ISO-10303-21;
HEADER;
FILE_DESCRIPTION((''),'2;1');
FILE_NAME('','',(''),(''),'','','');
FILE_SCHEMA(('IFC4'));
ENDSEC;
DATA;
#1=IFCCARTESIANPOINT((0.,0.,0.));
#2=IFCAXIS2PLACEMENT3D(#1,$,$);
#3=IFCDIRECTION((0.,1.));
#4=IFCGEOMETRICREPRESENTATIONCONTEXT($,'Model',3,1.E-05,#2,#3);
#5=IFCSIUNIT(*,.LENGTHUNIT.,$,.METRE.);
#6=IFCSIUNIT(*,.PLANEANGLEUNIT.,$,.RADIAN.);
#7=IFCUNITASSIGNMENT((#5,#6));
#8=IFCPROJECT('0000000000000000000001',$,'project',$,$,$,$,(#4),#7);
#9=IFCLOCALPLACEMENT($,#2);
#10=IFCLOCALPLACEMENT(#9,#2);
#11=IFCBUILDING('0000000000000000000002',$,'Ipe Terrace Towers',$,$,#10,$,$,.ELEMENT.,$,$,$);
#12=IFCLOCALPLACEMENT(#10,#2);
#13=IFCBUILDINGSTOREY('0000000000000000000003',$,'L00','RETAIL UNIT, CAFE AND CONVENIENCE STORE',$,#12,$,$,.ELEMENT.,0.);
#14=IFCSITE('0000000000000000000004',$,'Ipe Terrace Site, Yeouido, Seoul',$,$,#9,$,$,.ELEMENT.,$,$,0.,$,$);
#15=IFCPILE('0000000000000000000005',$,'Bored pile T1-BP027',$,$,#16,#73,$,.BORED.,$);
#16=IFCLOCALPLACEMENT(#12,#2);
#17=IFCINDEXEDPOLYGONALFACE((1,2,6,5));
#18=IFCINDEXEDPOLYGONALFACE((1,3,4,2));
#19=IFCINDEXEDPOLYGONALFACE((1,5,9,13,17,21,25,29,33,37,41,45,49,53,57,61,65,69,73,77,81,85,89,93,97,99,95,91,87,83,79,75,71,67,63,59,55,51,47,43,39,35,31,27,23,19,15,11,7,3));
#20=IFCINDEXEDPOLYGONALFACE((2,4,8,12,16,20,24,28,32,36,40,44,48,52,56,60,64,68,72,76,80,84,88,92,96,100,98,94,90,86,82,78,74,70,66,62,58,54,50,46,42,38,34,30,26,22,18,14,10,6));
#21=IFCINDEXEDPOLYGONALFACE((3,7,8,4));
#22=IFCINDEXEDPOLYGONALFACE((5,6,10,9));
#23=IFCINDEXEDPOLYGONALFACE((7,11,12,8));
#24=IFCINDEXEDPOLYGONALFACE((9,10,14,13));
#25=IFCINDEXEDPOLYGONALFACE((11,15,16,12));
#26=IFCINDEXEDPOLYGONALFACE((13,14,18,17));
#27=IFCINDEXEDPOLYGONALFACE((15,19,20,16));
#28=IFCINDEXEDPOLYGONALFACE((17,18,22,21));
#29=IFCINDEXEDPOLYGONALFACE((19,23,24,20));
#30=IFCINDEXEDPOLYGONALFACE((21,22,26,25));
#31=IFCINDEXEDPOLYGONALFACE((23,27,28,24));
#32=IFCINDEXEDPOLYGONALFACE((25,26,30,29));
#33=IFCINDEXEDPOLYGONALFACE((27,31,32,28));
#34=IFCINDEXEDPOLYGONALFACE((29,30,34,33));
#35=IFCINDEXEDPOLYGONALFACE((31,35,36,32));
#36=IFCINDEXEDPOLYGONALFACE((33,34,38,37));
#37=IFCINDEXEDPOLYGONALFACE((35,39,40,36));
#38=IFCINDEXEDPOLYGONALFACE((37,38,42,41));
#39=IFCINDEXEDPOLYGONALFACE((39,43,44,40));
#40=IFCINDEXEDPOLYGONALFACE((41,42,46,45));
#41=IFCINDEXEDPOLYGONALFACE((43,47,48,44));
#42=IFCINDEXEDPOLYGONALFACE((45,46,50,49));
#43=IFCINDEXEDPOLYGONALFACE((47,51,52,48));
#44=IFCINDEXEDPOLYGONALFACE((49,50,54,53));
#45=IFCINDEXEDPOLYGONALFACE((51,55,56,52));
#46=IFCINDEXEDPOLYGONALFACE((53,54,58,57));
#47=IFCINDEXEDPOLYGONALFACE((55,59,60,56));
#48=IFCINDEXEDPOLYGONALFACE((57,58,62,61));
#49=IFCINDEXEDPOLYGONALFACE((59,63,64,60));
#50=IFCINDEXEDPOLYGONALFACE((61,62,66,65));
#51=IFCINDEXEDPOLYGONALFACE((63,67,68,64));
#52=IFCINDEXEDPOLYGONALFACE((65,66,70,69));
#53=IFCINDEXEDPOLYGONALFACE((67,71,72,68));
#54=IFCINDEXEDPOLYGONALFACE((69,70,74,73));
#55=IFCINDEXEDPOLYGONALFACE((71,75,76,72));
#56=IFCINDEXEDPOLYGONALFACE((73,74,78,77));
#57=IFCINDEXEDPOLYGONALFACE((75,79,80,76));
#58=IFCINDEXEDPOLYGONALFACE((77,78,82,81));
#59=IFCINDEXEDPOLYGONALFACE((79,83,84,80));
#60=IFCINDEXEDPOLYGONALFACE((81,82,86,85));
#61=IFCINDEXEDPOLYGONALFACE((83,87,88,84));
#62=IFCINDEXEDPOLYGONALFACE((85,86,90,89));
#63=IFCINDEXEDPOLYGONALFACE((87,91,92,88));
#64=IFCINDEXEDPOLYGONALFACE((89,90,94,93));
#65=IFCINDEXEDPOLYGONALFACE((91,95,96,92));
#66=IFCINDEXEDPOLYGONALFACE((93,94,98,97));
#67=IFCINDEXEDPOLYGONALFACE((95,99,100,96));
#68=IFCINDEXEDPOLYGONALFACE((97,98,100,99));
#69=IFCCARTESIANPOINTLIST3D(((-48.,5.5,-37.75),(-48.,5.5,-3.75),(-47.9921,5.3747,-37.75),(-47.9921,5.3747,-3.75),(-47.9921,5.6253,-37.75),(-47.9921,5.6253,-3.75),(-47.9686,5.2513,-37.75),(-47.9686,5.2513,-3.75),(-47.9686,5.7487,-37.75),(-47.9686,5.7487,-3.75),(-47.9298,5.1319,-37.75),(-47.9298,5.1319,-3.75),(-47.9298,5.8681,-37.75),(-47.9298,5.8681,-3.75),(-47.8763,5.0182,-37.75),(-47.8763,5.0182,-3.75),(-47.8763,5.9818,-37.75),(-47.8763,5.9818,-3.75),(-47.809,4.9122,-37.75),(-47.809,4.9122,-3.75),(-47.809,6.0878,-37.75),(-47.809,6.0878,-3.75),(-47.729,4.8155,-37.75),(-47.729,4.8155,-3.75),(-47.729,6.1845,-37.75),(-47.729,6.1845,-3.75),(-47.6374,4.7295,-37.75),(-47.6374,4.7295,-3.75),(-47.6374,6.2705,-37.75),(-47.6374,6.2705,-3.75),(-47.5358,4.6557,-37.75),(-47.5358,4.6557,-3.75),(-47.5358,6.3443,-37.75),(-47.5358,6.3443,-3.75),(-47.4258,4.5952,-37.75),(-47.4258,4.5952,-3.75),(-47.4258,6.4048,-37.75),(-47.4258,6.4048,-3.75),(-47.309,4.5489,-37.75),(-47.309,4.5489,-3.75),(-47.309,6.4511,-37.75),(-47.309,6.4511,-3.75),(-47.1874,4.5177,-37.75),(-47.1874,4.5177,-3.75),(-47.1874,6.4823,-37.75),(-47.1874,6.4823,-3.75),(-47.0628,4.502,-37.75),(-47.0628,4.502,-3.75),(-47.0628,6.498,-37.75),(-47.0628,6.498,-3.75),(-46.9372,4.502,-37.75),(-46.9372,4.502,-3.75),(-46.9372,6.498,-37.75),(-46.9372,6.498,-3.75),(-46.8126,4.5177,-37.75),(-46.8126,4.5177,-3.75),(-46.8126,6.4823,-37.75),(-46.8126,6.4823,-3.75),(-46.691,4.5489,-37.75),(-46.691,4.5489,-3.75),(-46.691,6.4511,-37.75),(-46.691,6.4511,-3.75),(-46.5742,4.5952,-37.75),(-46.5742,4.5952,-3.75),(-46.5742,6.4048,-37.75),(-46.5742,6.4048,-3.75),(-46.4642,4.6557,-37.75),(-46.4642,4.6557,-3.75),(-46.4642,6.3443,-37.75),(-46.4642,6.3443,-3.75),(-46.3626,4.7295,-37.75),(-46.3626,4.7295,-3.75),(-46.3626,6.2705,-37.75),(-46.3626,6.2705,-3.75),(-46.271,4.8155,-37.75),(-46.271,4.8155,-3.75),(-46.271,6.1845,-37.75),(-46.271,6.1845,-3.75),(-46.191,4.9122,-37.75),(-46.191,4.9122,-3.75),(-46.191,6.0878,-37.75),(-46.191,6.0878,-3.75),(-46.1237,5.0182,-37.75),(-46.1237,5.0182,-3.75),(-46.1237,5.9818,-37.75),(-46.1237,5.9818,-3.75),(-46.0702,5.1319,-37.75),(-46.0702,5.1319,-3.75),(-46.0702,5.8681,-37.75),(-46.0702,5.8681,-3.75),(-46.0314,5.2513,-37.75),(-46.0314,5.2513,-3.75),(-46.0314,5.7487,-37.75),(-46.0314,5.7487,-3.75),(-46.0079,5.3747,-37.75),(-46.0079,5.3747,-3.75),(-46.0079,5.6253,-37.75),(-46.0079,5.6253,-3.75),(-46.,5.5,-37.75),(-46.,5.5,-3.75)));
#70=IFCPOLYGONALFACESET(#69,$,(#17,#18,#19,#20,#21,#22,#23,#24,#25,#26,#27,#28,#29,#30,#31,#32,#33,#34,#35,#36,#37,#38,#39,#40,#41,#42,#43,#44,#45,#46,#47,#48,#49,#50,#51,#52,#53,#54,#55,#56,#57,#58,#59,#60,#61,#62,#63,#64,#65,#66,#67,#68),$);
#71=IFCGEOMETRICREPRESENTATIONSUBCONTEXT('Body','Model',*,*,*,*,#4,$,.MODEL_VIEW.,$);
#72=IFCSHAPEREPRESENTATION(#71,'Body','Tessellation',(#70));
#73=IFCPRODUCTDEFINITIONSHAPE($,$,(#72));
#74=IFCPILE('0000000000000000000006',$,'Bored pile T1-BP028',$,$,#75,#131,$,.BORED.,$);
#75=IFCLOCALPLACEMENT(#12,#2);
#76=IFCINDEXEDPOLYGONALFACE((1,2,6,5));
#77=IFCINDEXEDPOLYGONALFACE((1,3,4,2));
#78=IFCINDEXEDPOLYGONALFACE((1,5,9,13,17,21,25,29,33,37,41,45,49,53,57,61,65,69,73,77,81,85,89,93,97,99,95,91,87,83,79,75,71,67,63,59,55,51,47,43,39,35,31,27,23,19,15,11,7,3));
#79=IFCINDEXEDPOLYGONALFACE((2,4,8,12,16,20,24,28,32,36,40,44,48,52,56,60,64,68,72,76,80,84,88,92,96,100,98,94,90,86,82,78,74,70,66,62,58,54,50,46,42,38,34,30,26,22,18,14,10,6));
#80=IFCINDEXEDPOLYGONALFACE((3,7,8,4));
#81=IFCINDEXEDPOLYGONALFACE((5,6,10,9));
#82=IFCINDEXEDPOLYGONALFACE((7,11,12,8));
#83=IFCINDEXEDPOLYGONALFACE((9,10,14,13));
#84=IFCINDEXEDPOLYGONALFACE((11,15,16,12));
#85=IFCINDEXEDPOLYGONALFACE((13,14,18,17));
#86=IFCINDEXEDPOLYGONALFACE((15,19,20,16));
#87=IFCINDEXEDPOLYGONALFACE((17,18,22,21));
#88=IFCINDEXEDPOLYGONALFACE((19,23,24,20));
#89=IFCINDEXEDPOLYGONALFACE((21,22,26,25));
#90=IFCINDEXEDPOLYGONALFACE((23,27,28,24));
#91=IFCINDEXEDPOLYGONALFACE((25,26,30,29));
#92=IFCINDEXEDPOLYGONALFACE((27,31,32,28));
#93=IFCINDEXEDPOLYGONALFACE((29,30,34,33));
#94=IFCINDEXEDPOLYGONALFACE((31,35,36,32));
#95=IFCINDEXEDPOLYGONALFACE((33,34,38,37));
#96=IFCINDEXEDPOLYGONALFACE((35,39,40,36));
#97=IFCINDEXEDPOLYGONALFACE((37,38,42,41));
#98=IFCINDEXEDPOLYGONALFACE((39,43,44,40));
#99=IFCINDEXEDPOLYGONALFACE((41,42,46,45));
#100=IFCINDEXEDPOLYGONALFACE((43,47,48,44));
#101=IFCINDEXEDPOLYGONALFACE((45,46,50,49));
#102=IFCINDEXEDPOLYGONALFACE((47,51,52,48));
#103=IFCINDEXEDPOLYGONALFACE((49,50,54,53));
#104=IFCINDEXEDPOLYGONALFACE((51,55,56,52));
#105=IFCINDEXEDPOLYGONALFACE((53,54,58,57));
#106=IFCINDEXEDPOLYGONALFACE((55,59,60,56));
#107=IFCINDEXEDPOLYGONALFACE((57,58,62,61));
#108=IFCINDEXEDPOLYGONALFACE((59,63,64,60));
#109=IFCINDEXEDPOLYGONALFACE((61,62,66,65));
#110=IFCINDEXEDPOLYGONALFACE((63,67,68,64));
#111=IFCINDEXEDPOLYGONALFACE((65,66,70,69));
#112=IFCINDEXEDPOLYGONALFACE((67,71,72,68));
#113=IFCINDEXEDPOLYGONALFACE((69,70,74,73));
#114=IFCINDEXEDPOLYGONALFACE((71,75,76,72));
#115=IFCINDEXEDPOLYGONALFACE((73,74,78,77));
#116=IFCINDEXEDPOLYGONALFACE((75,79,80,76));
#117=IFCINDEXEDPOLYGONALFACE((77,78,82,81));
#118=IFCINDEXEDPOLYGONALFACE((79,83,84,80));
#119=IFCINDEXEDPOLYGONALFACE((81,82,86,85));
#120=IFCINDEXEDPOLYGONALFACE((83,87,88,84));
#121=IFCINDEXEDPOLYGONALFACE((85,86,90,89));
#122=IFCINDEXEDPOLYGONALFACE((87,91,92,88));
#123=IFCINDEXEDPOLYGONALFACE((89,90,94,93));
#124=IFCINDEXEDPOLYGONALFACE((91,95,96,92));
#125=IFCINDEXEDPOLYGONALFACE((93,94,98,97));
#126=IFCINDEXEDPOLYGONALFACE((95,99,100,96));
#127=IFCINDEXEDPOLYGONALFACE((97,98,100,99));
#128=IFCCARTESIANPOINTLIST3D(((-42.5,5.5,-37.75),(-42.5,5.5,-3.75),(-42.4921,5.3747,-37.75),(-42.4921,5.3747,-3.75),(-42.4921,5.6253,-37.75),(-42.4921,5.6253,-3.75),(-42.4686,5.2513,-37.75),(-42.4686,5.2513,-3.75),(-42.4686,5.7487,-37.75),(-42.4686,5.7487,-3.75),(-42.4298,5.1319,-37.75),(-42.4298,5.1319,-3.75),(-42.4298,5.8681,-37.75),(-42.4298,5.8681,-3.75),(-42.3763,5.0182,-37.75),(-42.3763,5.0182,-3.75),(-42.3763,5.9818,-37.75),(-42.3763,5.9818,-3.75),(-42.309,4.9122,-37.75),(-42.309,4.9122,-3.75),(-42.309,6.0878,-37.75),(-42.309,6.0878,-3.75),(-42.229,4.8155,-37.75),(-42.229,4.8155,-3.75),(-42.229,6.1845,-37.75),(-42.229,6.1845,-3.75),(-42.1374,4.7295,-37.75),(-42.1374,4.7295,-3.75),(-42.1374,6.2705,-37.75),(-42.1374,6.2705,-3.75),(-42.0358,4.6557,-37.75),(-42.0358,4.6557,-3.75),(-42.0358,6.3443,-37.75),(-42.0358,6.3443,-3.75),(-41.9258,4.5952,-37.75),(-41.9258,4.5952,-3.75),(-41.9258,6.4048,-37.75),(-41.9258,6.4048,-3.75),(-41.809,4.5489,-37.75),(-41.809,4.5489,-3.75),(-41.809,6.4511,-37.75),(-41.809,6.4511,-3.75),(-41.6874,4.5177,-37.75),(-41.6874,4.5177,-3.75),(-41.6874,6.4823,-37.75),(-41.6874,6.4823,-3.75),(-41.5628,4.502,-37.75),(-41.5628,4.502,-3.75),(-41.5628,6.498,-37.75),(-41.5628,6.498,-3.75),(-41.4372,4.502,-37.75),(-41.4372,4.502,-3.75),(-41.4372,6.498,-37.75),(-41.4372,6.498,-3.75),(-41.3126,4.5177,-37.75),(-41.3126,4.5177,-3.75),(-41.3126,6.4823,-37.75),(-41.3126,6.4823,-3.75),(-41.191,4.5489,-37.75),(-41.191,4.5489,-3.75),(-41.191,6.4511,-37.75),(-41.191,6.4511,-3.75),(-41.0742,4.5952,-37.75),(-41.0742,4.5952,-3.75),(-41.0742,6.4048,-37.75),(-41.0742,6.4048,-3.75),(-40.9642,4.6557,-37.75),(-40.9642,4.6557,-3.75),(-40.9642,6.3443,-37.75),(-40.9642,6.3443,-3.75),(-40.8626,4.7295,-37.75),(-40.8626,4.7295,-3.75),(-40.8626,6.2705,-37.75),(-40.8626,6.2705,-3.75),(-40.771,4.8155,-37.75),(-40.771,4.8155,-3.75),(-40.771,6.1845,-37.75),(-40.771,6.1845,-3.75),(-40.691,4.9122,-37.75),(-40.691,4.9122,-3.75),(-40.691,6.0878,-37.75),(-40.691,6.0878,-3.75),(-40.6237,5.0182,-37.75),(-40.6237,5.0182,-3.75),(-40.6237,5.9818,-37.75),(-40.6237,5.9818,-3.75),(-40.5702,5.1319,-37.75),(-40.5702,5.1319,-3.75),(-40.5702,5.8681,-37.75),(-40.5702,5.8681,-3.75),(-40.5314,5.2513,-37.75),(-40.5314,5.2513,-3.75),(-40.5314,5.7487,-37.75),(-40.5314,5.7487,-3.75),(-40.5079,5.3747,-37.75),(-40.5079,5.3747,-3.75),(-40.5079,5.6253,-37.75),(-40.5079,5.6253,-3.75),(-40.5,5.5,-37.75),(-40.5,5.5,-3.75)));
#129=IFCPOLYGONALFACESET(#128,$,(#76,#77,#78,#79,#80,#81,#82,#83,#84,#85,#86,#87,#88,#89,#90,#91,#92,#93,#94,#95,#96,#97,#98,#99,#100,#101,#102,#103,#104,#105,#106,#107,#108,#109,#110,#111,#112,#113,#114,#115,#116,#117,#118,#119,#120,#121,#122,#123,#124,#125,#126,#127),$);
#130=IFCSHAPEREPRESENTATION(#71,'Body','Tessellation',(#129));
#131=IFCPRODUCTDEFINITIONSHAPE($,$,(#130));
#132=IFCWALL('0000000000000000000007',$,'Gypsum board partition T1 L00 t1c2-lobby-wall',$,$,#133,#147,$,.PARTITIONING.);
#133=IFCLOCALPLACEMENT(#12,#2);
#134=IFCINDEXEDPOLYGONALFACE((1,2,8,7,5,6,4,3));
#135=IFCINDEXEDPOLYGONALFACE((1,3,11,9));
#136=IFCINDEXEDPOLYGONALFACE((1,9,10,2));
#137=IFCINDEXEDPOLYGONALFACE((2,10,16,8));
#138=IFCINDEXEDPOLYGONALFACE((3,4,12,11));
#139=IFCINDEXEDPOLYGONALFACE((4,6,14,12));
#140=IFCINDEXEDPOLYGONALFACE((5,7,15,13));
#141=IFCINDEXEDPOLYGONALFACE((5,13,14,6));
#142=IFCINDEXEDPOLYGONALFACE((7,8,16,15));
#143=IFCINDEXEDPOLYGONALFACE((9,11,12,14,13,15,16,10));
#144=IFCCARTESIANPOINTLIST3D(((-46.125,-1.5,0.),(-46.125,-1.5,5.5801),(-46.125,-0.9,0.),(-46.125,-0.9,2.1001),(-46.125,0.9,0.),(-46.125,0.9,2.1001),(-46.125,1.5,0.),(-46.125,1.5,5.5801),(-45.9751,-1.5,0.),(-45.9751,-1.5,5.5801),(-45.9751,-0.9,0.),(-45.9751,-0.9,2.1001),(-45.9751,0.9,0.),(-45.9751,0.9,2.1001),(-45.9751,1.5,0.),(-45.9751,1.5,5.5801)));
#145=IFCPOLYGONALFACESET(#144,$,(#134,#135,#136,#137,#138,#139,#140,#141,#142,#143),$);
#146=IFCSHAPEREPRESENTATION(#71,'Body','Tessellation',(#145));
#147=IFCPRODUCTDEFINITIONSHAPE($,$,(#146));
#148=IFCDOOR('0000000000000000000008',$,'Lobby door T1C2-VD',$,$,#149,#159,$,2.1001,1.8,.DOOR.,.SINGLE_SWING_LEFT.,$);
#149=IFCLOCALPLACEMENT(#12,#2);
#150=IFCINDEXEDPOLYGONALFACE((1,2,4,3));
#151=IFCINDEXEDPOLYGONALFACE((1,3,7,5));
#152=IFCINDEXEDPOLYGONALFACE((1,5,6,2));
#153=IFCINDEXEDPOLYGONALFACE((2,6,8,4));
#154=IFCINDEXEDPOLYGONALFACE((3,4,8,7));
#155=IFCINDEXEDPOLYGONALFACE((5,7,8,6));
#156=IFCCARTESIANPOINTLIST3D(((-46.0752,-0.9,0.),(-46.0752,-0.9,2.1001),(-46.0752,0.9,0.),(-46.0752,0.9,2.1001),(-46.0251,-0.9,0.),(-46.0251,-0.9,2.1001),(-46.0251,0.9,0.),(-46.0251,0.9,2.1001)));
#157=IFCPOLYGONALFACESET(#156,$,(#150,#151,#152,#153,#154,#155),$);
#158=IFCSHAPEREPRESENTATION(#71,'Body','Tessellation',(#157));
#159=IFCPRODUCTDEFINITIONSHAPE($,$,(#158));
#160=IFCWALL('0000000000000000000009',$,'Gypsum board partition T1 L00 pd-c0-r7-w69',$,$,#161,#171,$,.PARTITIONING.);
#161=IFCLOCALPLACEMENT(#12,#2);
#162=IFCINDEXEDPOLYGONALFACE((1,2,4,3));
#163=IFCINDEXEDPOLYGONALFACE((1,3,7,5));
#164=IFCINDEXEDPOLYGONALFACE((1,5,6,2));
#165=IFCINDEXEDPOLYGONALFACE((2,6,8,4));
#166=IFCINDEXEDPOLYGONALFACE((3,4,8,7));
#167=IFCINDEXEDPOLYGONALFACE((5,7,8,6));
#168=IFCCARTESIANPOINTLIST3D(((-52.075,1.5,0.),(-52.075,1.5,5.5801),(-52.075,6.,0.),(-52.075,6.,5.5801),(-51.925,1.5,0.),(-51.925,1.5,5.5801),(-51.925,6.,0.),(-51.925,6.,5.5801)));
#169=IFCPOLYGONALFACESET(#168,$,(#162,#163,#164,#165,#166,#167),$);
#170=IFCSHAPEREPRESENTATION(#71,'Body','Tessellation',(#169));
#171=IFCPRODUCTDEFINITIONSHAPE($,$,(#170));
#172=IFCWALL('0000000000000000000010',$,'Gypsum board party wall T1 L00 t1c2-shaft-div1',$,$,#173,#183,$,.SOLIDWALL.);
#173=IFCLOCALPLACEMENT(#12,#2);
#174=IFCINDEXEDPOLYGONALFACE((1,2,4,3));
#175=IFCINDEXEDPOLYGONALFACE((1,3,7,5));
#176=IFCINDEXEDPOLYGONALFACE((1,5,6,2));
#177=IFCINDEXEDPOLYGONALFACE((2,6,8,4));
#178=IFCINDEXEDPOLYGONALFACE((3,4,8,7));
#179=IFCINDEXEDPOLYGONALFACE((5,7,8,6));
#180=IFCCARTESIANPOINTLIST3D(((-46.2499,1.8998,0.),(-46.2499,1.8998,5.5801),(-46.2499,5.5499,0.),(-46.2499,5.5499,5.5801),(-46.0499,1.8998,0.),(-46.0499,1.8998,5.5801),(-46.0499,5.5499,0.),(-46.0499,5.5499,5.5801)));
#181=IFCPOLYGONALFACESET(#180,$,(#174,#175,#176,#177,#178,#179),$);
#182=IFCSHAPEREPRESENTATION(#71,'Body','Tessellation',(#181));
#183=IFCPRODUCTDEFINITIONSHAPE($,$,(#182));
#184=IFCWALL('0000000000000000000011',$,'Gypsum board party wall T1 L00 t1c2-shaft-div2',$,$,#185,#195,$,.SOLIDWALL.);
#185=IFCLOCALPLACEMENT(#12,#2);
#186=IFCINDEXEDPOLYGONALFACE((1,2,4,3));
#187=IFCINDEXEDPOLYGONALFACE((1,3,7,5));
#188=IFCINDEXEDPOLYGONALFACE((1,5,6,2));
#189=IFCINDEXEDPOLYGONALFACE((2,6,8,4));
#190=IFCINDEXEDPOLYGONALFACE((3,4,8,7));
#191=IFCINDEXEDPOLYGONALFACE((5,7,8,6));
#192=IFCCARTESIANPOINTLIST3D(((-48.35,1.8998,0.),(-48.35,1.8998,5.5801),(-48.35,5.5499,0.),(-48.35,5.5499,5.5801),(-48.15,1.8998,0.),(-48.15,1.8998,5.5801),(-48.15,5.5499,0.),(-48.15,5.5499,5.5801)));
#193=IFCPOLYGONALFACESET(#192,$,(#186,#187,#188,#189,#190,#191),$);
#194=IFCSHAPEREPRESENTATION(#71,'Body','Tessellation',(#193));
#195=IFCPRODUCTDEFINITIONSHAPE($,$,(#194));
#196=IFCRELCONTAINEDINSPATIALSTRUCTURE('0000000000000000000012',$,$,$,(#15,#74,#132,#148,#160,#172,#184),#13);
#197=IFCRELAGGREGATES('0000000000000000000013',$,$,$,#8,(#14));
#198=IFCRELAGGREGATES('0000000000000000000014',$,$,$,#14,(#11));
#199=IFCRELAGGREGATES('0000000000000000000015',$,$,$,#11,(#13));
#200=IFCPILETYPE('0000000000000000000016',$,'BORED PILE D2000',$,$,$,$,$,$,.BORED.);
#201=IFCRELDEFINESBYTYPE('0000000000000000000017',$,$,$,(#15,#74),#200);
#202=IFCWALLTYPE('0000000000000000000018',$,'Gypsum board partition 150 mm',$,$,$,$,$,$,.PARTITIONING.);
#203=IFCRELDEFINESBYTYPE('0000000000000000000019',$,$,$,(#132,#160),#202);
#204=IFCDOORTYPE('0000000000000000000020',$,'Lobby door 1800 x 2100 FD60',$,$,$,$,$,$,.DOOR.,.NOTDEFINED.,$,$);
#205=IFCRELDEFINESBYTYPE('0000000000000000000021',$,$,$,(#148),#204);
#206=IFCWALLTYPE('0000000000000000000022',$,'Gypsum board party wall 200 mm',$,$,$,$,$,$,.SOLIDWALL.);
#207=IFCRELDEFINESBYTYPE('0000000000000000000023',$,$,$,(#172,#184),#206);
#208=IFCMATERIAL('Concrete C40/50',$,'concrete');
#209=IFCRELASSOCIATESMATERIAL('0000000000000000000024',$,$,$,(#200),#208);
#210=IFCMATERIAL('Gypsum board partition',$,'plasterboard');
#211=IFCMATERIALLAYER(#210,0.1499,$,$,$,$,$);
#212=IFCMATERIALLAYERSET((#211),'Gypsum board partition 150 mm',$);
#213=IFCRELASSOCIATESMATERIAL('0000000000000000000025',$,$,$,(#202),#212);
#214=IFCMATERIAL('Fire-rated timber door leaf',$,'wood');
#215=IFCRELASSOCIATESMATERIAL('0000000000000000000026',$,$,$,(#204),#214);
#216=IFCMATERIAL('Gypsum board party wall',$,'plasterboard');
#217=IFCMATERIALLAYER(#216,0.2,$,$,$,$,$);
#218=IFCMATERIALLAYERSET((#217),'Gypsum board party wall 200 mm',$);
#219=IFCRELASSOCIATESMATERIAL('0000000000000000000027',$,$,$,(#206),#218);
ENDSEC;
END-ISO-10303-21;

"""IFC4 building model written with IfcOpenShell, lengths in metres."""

from ifc_helpers import new_model, si_unit, direction, frame, frame_2d, origin, origin_2d, place, context, subcontext, project, spatial, rectangle, circle, extrude, material, layer, layer_set, material_profile, profile_set, type_object, element, fill, save


model = new_model("IFC4")

# Units and contexts
model_context = context("Model", 3, precision=1e-05, world=origin(), true_north=direction((0.0, 1.0)))
body_context = subcontext(model_context, "Body", "Model", "MODEL_VIEW")
ifc_project = project(units=[si_unit("LENGTHUNIT", "METRE"), si_unit("PLANEANGLEUNIT", "RADIAN")], contexts=[model_context])

# Site, building, storey
site_placement = place(None, origin())
site = spatial("IfcSite", under=ifc_project, at=site_placement, Name="Ipe Terrace Site, Yeouido, Seoul", CompositionType="ELEMENT", RefElevation=0.0)
building_placement = place(site_placement, origin())
building = spatial("IfcBuilding", under=site, at=building_placement, Name="Ipe Terrace Towers", CompositionType="ELEMENT")
storey_placement = place(building_placement, origin())
storey = spatial("IfcBuildingStorey", under=building, at=storey_placement, Name="L00", Description="RETAIL UNIT, CAFE AND CONVENIENCE STORE", CompositionType="ELEMENT", Elevation=0.0)

# Piles
ifc_material_1 = material(Name="Concrete C40/50", Category="concrete")
ifc_material_profile = material_profile(ifc_material_1, circle(Radius=1.0, at=origin_2d()), Name="BORED PILE D2000")
ifc_profile_set = profile_set([ifc_material_profile], Name="Concrete C40/50")
pile_type = type_object("IfcPileType", Name="BORED PILE D2000", PredefinedType="BORED", material=ifc_profile_set)
for number, where, z_axis, x_axis, name in (
    (1, (-47.0, 5.5, -3.75), (0.0, 0.0, -1.0), (1.0, 0.0, 0.0), "Bored pile T1-BP027"),
    (2, (-41.5, 5.5, -3.75), (0.0, 0.0, -1.0), (1.0, 0.0, 0.0), "Bored pile T1-BP028"),
):
    element("IfcPile", number, at=place(storey_placement, frame(where, z_axis=z_axis, x_axis=x_axis)), inside=storey, type_object=pile_type, Name=name, PredefinedType="BORED", context=body_context, shape_type="SweptSolid", body=[
        extrude(circle(Radius=1.0, at=origin_2d()), origin(), (0.0, 0.0, 1.0), 34.0),
    ])

# Wall, opening, door
ifc_material_2 = material(Name="Gypsum board partition", Category="plasterboard")
ifc_layer_1 = layer(ifc_material_2, 0.1499)
ifc_layer_set_1 = layer_set([ifc_layer_1], Name="Gypsum board partition 150 mm")
wall_type_1 = type_object("IfcWallType", Name="Gypsum board partition 150 mm", PredefinedType="PARTITIONING", material=ifc_layer_set_1)
wall_1_placement = place(storey_placement, frame((-46.05, 1.5, 0.0), z_axis=(0.0, 0.0, 1.0), x_axis=(0.0, -1.0, 0.0)))
wall_1 = element("IfcWall", 3, at=wall_1_placement, inside=storey, type_object=wall_type_1, Name="Gypsum board partition T1 L00 t1c2-lobby-wall", PredefinedType="PARTITIONING", context=body_context, shape_type="SweptSolid", body=[
    extrude(rectangle(XDim=3.0, YDim=0.1499, at=frame_2d((1.5, 0.0))), origin(), (0.0, 0.0, 1.0), 5.5801),
])
opening_1_placement = place(wall_1_placement, frame((0.6001, 0.0, 0.0)))
opening_1 = element("IfcOpeningElement", 4, at=opening_1_placement, cuts=wall_1, PredefinedType="OPENING", context=body_context, shape_type="SweptSolid", body=[
    extrude(rectangle(XDim=1.8, YDim=2.1001, at=frame_2d((0.8999, 1.05))), frame((0.0, 0.085, 0.0), z_axis=(0.0, -1.0, 0.0), x_axis=(1.0, 0.0, 0.0)), (0.0, 0.0, 1.0), 0.1699),
])
ifc_material_3 = material(Name="Fire-rated timber door leaf", Category="wood")
door_type_1 = type_object("IfcDoorType", Name="Lobby door 1800 x 2100 FD60", OperationType="NOTDEFINED", PredefinedType="DOOR", material=ifc_material_3)
door_1_placement = place(opening_1_placement, origin())
door_1 = element("IfcDoor", 5, at=door_1_placement, inside=storey, type_object=door_type_1, Name="Lobby door T1C2-VD", OperationType="SINGLE_SWING_LEFT", OverallHeight=2.1001, OverallWidth=1.8, PredefinedType="DOOR", context=body_context, shape_type="SweptSolid", body=[
    extrude(rectangle(XDim=1.8, YDim=2.1001, at=frame_2d((0.8999, 1.05))), frame((0.0, 0.0249, 0.0), z_axis=(0.0, -1.0, 0.0), x_axis=(1.0, 0.0, 0.0)), (0.0, 0.0, 1.0), 0.05),
])
fill(opening_1, door_1)

# Walls
wall_2_placement = place(storey_placement, frame((-52.0, 1.5, 0.0), z_axis=(0.0, 0.0, 1.0), x_axis=(0.0, 1.0, 0.0)))
element("IfcWall", 6, at=wall_2_placement, inside=storey, type_object=wall_type_1, Name="Gypsum board partition T1 L00 pd-c0-r7-w69", PredefinedType="PARTITIONING", context=body_context, shape_type="SweptSolid", body=[
    extrude(rectangle(XDim=4.5, YDim=0.1499, at=frame_2d((2.25, 0.0))), origin(), (0.0, 0.0, 1.0), 5.5801),
])
ifc_material_4 = material(Name="Gypsum board party wall", Category="plasterboard")
ifc_layer_2 = layer(ifc_material_4, 0.2)
ifc_layer_set_2 = layer_set([ifc_layer_2], Name="Gypsum board party wall 200 mm")
wall_type_2 = type_object("IfcWallType", Name="Gypsum board party wall 200 mm", PredefinedType="SOLIDWALL", material=ifc_layer_set_2)
for number, where, z_axis, x_axis, name in (
    (7, (-46.1499, 5.55, 0.0), (0.0, 0.0, 1.0), (0.0, -1.0, 0.0), "Gypsum board party wall T1 L00 t1c2-shaft-div1"),
    (8, (-48.25, 5.55, 0.0), (0.0, 0.0, 1.0), (0.0, -1.0, 0.0), "Gypsum board party wall T1 L00 t1c2-shaft-div2"),
):
    element("IfcWall", number, at=place(storey_placement, frame(where, z_axis=z_axis, x_axis=x_axis)), inside=storey, type_object=wall_type_2, Name=name, PredefinedType="SOLIDWALL", context=body_context, shape_type="SweptSolid", body=[
        extrude(rectangle(XDim=3.6501, YDim=0.2, at=frame_2d((1.8252, 0.0))), origin(), (0.0, 0.0, 1.0), 5.5801),
    ])

save(model, "model.ifc")
